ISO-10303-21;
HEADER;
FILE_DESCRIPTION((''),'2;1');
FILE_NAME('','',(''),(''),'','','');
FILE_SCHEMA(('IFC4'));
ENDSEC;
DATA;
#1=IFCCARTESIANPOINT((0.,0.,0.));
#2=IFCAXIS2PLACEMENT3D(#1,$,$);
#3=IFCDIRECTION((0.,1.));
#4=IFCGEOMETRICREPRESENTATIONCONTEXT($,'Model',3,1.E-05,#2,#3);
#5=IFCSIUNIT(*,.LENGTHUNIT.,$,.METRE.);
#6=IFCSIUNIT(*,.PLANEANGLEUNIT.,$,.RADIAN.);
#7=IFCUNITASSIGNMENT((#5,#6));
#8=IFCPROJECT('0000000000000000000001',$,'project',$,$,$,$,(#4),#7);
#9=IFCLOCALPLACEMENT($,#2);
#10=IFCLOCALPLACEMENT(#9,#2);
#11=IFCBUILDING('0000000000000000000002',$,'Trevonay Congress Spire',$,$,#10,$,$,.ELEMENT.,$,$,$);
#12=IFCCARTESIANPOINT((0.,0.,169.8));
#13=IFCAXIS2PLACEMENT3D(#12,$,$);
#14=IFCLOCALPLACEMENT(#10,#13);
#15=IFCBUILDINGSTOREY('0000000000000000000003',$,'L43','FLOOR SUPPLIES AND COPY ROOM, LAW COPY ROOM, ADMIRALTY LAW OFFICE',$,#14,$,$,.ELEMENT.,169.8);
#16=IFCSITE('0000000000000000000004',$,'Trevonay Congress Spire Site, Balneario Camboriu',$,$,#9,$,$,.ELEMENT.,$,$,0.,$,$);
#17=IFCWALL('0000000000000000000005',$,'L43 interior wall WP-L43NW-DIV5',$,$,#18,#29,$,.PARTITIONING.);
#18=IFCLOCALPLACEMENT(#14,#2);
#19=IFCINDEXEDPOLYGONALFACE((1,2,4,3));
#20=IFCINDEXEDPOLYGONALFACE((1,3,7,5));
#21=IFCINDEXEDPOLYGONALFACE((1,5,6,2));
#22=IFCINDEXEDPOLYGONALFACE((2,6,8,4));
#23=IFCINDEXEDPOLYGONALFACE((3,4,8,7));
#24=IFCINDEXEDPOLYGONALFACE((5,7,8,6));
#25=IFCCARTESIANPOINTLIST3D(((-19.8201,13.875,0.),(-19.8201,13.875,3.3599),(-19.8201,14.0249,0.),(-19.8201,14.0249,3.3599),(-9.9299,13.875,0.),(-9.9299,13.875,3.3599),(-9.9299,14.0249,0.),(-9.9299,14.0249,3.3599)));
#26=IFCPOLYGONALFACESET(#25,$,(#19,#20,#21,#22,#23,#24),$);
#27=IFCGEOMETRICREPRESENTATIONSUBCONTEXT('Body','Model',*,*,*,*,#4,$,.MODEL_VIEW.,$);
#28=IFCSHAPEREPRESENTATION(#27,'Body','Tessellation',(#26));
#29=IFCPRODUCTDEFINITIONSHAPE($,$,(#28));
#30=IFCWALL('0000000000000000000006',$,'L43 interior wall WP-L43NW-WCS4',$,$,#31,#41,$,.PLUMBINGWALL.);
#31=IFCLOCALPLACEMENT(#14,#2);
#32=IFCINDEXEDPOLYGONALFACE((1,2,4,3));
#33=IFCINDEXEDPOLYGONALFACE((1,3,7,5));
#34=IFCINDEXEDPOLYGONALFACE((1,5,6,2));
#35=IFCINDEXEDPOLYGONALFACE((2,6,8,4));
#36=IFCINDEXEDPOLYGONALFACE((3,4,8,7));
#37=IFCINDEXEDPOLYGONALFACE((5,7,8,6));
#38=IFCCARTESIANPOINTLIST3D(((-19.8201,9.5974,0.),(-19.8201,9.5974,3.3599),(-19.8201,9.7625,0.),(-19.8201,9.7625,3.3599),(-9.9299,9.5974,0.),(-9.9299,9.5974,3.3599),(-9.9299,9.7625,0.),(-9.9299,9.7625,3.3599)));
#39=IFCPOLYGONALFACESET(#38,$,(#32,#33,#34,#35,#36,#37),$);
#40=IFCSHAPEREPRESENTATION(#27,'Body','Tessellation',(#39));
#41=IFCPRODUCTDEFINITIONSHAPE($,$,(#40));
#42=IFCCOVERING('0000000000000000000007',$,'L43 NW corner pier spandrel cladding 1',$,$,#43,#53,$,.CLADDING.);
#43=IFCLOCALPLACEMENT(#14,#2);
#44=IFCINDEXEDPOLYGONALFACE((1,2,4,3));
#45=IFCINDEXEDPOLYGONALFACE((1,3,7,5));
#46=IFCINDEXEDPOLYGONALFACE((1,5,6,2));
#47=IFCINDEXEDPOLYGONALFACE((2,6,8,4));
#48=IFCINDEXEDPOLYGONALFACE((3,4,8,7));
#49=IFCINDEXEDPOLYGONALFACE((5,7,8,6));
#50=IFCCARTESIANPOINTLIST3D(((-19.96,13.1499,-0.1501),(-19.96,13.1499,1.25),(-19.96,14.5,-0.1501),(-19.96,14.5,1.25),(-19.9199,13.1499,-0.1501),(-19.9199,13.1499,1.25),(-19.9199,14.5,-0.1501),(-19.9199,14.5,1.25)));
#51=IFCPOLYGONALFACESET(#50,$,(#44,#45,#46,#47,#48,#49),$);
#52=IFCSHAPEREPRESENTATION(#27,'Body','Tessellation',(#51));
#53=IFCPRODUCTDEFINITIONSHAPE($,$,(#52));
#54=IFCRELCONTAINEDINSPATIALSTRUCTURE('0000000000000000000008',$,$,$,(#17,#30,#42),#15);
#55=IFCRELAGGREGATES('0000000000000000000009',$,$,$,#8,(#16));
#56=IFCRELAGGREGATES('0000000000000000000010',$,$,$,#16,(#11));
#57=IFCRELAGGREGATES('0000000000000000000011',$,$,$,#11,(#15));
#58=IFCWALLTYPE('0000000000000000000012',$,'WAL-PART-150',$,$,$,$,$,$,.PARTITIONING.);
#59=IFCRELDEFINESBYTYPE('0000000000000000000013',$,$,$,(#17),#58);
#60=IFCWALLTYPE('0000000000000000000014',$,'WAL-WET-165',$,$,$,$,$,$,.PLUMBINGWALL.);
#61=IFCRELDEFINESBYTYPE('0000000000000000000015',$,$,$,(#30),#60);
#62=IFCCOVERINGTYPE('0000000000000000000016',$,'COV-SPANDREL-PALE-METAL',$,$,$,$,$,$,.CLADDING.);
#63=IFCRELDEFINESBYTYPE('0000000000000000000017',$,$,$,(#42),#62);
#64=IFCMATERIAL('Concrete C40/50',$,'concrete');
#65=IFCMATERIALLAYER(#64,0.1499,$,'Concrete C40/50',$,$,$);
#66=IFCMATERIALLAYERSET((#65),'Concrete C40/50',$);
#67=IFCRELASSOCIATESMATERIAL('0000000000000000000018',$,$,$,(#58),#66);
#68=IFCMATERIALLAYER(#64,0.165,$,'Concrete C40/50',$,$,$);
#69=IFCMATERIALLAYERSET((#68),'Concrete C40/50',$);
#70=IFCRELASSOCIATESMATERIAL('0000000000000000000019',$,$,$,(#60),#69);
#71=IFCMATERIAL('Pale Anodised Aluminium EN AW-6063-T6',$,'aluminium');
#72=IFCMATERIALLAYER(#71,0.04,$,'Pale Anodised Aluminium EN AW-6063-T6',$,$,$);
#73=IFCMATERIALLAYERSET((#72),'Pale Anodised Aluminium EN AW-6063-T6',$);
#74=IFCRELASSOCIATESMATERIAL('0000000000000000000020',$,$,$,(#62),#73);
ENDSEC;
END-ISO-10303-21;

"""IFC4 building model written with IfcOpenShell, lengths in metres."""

from ifc_helpers import new_model, si_unit, direction, frame, frame_2d, origin, place, context, subcontext, project, spatial, rectangle, extrude, material, layer, layer_set, type_object, element, save


model = new_model("IFC4")

# Units and contexts
model_context = context("Model", 3, precision=1e-05, world=origin(), true_north=direction((0.0, 1.0)))
body_context = subcontext(model_context, "Body", "Model", "MODEL_VIEW")
ifc_project = project(units=[si_unit("LENGTHUNIT", "METRE"), si_unit("PLANEANGLEUNIT", "RADIAN")], contexts=[model_context])

# Site, building, storey
site_placement = place(None, origin())
site = spatial("IfcSite", under=ifc_project, at=site_placement, Name="Trevonay Congress Spire Site, Balneario Camboriu", CompositionType="ELEMENT", RefElevation=0.0)
building_placement = place(site_placement, origin())
building = spatial("IfcBuilding", under=site, at=building_placement, Name="Trevonay Congress Spire", CompositionType="ELEMENT")
storey_placement = place(building_placement, frame((0.0, 0.0, 169.8)))
storey = spatial("IfcBuildingStorey", under=building, at=storey_placement, Name="L43", Description="FLOOR SUPPLIES AND COPY ROOM, LAW COPY ROOM, ADMIRALTY LAW OFFICE", CompositionType="ELEMENT", Elevation=169.8)

# Shared definitions
ifc_material_1 = material(Name="Pale Anodised Aluminium EN AW-6063-T6", Category="aluminium")

# Walls
ifc_material_2 = material(Name="Concrete C40/50", Category="concrete")
ifc_layer_1 = layer(ifc_material_2, 0.1499, Name="Concrete C40/50")
ifc_layer_set_1 = layer_set([ifc_layer_1], Name="Concrete C40/50")
wall_type_1 = type_object("IfcWallType", Name="WAL-PART-150", PredefinedType="PARTITIONING", material=ifc_layer_set_1)
wall_1_placement = place(storey_placement, frame((-19.8201, 13.95, 0.0), z_axis=(0.0, 0.0, 1.0), x_axis=(1.0, 0.0, 0.0)))
element("IfcWall", 1, at=wall_1_placement, inside=storey, type_object=wall_type_1, Name="L43 interior wall WP-L43NW-DIV5", PredefinedType="PARTITIONING", context=body_context, shape_type="SweptSolid", body=[
    extrude(rectangle(XDim=9.8901, YDim=0.1499, at=frame_2d((4.9451, 0.0))), origin(), (0.0, 0.0, 1.0), 3.3599),
])
ifc_layer_2 = layer(ifc_material_2, 0.165, Name="Concrete C40/50")
ifc_layer_set_2 = layer_set([ifc_layer_2], Name="Concrete C40/50")
wall_type_2 = type_object("IfcWallType", Name="WAL-WET-165", PredefinedType="PLUMBINGWALL", material=ifc_layer_set_2)
wall_2_placement = place(storey_placement, frame((-19.8201, 9.6799, 0.0), z_axis=(0.0, 0.0, 1.0), x_axis=(1.0, 0.0, 0.0)))
element("IfcWall", 2, at=wall_2_placement, inside=storey, type_object=wall_type_2, Name="L43 interior wall WP-L43NW-WCS4", PredefinedType="PLUMBINGWALL", context=body_context, shape_type="SweptSolid", body=[
    extrude(rectangle(XDim=9.8901, YDim=0.165, at=frame_2d((4.9451, 0.0))), origin(), (0.0, 0.0, 1.0), 3.3599),
])

# Covering
ifc_layer_3 = layer(ifc_material_1, 0.04, Name="Pale Anodised Aluminium EN AW-6063-T6")
ifc_layer_set_3 = layer_set([ifc_layer_3], Name="Pale Anodised Aluminium EN AW-6063-T6")
covering_type = type_object("IfcCoveringType", Name="COV-SPANDREL-PALE-METAL", PredefinedType="CLADDING", material=ifc_layer_set_3)
covering_placement = place(storey_placement, frame((-19.9399, 13.1499, -0.1501), z_axis=(0.0, 0.0, 1.0), x_axis=(0.0, 1.0, 0.0)))
element("IfcCovering", 3, at=covering_placement, inside=storey, type_object=covering_type, Name="L43 NW corner pier spandrel cladding 1", PredefinedType="CLADDING", context=body_context, shape_type="SweptSolid", body=[
    extrude(rectangle(XDim=1.3501, YDim=0.04, at=frame_2d((0.675, 0.0))), origin(), (0.0, 0.0, 1.0), 1.4001),
])

save(model, "model.ifc")
